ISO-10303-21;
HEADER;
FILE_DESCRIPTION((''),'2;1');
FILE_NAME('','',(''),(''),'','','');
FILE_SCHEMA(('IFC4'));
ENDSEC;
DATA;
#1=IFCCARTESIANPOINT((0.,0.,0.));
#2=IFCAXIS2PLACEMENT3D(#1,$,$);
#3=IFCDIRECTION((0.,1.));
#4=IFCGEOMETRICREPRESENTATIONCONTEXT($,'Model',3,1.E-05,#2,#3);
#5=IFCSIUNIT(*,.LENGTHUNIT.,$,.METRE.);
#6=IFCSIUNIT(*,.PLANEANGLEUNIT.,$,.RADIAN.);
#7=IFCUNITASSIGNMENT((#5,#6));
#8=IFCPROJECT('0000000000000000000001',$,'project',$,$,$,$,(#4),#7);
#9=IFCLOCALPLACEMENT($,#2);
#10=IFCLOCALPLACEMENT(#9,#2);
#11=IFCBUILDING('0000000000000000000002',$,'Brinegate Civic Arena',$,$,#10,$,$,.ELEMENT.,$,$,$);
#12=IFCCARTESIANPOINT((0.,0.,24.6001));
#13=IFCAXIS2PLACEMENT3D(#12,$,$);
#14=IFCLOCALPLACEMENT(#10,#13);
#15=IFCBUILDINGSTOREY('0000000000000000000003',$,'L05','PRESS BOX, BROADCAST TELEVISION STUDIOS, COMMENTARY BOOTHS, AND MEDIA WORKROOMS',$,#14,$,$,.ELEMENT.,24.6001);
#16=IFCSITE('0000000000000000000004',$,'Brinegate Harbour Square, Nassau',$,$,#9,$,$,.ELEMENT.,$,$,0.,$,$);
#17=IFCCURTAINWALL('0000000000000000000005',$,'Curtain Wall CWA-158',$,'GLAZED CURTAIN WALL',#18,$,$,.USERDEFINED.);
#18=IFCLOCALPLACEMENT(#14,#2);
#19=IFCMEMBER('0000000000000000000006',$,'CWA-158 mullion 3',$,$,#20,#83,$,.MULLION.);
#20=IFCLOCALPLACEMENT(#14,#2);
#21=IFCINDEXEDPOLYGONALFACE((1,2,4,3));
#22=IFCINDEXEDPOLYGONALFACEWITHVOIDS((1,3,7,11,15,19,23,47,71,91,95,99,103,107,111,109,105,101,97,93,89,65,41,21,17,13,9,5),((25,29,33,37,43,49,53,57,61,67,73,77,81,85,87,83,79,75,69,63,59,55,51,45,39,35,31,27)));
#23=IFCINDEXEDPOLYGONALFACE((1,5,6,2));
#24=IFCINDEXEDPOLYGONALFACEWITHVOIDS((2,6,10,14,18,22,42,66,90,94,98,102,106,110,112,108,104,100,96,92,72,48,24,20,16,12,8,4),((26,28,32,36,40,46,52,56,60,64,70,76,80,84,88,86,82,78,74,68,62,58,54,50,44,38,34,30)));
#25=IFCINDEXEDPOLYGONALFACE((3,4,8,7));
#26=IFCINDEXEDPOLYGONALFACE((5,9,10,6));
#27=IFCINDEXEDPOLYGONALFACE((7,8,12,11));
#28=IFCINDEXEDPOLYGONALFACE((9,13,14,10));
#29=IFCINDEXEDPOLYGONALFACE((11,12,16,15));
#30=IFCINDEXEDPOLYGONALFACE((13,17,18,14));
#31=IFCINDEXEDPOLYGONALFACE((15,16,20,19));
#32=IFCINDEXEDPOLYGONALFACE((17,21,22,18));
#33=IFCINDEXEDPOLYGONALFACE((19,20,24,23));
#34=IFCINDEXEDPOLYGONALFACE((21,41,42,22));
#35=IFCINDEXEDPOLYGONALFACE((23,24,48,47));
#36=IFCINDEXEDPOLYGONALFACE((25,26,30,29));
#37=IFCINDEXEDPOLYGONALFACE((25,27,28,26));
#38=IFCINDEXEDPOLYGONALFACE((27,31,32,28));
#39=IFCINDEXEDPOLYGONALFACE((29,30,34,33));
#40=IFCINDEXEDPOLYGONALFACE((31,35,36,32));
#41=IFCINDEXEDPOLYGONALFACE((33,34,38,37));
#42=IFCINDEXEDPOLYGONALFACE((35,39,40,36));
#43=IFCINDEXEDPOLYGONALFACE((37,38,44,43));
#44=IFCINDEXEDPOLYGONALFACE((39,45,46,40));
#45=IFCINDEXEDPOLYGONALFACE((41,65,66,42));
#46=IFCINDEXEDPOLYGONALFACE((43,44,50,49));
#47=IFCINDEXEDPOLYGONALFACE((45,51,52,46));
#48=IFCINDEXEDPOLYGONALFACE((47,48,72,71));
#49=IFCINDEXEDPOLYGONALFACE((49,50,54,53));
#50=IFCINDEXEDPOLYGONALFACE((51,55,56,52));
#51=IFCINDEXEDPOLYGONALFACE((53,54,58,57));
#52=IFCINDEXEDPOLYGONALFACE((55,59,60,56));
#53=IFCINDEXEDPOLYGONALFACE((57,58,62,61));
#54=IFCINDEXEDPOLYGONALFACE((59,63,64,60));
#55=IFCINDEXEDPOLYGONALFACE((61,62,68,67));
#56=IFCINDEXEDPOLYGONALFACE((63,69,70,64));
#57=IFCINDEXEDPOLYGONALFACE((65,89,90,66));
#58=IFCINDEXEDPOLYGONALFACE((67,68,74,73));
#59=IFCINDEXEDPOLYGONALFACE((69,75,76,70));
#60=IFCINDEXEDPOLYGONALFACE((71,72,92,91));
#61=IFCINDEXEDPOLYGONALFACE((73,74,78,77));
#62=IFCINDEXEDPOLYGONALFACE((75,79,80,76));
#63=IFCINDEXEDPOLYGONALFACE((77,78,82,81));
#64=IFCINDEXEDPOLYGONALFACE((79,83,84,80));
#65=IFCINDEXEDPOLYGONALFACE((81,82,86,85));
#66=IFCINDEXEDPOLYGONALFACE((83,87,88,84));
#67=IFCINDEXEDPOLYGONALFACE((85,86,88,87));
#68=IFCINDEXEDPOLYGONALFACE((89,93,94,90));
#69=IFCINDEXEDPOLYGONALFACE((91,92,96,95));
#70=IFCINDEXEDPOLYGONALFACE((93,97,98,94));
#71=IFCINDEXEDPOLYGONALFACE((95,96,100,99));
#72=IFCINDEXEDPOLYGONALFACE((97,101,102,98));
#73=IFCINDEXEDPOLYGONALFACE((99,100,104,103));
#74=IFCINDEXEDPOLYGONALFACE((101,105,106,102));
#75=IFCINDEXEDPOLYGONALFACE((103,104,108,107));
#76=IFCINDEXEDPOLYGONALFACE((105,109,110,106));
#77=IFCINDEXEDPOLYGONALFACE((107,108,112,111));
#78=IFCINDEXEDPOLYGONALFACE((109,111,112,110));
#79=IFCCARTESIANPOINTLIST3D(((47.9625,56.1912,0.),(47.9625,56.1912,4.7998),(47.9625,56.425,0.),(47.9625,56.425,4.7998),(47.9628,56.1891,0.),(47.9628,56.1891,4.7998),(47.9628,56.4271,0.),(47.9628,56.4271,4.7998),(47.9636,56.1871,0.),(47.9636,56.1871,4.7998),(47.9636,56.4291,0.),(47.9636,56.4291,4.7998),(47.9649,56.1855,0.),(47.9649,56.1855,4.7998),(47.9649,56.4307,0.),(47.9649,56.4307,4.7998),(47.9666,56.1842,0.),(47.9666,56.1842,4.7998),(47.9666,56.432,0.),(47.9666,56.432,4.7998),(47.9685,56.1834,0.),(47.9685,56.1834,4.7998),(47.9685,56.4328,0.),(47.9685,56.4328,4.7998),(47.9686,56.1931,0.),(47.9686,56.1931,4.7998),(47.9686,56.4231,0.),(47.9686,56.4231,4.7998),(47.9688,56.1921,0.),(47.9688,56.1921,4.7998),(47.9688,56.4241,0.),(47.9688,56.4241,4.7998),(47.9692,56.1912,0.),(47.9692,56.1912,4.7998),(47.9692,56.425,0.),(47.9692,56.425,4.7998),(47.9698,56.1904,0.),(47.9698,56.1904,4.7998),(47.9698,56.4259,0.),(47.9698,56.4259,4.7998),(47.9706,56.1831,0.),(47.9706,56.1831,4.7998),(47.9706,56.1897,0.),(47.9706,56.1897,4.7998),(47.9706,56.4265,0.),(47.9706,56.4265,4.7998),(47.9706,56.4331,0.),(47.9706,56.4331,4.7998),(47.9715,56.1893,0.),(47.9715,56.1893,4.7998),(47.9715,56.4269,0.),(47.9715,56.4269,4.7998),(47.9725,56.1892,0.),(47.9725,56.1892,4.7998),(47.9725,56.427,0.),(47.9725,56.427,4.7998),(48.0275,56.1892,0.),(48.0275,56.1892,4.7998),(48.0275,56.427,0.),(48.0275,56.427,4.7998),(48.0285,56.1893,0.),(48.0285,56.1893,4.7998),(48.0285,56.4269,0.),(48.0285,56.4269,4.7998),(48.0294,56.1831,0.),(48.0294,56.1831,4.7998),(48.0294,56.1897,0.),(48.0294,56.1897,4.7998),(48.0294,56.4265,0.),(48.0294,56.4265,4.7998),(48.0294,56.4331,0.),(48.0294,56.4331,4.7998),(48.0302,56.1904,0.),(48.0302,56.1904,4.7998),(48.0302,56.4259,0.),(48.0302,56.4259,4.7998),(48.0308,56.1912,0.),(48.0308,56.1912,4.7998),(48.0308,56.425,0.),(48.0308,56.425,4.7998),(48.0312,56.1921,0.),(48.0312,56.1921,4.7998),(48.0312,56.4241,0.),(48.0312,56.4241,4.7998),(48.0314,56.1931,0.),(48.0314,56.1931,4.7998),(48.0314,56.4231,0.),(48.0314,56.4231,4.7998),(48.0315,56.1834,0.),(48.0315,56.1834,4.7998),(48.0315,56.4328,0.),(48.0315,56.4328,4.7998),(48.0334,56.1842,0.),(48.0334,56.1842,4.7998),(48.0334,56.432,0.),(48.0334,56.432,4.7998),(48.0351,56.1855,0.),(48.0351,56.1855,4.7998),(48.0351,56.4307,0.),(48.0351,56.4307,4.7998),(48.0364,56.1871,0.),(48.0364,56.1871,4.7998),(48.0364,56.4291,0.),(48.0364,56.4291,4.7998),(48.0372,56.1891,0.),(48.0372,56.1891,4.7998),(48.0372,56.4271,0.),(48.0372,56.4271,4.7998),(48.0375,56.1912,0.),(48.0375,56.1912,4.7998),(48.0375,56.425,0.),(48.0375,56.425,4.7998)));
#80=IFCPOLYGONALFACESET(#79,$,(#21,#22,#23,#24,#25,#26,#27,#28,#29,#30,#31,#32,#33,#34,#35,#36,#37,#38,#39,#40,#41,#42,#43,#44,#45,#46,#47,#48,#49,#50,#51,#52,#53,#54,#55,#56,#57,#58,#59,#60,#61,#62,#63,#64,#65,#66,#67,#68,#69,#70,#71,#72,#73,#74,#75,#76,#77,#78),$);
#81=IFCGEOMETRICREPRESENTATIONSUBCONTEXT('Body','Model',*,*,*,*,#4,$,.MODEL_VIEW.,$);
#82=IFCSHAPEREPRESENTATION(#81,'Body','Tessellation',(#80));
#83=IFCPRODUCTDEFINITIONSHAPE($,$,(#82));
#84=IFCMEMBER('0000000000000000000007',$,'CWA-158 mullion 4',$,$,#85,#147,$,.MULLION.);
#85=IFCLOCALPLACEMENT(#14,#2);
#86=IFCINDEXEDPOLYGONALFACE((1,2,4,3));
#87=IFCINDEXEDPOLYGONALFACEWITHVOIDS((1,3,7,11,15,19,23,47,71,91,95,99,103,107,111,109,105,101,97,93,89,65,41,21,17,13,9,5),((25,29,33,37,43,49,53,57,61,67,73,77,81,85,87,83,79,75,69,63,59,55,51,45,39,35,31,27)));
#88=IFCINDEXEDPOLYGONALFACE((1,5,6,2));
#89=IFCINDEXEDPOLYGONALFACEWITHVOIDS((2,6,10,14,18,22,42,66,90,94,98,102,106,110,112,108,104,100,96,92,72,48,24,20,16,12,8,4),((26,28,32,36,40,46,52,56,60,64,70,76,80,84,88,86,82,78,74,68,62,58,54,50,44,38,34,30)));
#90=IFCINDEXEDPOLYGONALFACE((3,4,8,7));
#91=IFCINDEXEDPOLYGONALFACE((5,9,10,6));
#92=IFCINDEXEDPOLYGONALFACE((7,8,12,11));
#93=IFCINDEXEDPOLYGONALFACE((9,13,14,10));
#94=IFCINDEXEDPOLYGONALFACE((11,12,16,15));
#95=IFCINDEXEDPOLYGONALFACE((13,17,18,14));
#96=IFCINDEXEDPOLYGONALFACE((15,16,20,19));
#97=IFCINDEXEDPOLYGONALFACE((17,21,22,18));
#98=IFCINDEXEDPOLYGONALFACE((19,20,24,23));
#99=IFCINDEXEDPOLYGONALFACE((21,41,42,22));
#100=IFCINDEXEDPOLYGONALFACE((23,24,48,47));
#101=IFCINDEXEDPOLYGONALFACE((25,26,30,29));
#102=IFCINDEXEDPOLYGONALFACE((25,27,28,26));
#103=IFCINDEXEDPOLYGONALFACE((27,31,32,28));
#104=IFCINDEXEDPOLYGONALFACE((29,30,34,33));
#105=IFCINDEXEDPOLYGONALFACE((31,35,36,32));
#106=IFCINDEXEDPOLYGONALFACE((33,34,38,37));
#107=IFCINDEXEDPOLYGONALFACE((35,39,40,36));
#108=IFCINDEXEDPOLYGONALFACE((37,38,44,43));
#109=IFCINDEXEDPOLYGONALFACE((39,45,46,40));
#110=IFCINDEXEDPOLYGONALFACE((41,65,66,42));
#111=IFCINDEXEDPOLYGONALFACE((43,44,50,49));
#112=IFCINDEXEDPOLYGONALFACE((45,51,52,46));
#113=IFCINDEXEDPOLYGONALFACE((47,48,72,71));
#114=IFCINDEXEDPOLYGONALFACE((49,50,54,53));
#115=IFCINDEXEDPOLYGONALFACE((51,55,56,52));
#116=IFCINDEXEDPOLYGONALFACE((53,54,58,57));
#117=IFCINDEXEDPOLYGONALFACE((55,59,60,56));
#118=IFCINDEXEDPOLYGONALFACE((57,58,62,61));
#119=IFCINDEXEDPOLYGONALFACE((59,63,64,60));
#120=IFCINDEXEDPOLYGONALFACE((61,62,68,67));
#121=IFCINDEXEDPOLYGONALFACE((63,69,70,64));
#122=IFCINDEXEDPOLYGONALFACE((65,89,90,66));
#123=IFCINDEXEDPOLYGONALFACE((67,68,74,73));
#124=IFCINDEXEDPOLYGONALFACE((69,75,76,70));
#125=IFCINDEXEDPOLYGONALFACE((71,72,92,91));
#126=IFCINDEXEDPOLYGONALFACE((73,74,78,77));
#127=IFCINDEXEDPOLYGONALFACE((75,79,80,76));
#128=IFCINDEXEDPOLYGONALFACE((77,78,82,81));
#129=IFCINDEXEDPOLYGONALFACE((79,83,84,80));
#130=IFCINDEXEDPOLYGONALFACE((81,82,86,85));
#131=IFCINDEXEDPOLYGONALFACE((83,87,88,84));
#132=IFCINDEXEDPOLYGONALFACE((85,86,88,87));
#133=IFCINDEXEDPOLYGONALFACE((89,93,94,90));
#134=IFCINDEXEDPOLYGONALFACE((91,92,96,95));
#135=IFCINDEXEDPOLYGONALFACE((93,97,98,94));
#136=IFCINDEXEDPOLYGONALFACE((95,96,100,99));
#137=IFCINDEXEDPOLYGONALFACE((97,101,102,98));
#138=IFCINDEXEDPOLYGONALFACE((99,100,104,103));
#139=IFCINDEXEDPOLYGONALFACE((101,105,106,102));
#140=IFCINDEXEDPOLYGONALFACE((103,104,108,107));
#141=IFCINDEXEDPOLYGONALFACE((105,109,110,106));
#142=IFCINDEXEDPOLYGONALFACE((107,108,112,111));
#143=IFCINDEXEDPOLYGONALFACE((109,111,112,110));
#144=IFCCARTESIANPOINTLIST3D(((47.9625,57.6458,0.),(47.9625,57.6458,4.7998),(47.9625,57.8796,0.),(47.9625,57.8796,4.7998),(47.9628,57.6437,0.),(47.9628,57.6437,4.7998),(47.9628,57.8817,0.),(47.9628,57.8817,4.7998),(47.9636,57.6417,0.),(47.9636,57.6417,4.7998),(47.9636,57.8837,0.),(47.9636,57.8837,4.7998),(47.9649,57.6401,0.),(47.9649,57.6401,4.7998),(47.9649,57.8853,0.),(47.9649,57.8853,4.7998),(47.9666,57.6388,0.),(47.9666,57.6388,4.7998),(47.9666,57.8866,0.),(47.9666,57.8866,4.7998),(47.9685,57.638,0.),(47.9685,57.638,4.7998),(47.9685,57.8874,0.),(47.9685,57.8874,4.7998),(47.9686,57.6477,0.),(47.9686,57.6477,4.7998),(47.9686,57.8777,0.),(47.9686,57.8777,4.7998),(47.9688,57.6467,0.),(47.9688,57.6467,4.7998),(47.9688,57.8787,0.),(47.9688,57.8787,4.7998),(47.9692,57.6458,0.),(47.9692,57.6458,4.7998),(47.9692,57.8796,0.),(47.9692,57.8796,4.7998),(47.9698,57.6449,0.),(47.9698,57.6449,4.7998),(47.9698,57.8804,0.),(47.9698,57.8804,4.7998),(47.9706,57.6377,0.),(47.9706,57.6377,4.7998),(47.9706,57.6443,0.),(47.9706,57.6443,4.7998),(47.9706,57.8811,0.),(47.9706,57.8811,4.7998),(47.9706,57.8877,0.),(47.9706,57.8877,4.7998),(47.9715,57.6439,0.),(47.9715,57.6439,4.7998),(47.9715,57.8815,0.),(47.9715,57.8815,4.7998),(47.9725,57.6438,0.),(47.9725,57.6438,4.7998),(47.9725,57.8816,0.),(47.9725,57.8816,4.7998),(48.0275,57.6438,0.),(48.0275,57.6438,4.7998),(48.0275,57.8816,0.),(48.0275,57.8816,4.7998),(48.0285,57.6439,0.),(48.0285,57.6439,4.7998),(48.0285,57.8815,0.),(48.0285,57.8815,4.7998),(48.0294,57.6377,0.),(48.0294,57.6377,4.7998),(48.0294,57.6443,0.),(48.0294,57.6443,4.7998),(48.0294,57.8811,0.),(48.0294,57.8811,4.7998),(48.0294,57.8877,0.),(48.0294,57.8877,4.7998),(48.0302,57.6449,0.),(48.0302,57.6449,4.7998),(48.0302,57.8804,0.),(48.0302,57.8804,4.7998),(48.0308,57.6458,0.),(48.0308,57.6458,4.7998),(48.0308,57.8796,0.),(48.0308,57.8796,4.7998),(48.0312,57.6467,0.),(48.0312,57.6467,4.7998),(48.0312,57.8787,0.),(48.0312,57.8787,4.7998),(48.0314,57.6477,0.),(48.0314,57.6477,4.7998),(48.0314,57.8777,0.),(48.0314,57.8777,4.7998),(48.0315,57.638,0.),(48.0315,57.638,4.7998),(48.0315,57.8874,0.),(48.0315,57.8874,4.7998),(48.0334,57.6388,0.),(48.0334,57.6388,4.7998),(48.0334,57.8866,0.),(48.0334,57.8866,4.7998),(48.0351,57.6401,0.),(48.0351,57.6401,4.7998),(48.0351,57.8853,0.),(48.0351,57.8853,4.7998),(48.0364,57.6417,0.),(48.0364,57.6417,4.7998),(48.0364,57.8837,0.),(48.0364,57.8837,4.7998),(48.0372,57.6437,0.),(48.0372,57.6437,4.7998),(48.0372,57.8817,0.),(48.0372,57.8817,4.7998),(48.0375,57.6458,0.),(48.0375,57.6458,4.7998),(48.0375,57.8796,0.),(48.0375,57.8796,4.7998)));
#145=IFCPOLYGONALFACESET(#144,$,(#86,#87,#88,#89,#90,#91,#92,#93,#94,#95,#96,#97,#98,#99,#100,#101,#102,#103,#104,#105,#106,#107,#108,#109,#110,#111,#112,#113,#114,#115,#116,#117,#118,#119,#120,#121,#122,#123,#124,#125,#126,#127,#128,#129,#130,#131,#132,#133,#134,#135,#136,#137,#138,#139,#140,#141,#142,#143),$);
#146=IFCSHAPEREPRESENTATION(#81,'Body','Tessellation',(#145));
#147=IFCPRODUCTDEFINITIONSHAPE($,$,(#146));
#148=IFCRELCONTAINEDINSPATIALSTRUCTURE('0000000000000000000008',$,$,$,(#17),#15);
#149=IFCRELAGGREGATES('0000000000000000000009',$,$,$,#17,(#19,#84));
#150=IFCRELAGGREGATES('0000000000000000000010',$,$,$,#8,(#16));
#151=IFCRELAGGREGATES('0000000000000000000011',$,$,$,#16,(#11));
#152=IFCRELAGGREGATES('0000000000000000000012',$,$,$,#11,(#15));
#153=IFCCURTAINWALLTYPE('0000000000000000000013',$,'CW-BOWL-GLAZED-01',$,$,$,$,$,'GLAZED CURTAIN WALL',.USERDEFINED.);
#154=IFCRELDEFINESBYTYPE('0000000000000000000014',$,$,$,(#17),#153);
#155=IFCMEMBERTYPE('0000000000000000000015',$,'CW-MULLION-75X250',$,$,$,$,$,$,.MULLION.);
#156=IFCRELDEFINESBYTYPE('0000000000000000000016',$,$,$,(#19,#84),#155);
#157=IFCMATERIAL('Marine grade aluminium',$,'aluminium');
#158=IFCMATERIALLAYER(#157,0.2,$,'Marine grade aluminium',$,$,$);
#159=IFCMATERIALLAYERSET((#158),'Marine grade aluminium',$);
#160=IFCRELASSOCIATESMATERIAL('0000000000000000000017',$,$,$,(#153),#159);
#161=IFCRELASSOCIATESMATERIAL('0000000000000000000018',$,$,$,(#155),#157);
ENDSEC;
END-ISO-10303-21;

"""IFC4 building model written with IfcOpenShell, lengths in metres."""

from ifc_helpers import new_model, si_unit, direction, frame, origin, origin_2d, place, context, subcontext, project, spatial, hollow_rectangle, extrude, material, layer, layer_set, material_profile, profile_set, type_object, element, aggregate, save


model = new_model("IFC4")

# Units and contexts
model_context = context("Model", 3, precision=1e-05, world=origin(), true_north=direction((0.0, 1.0)))
body_context = subcontext(model_context, "Body", "Model", "MODEL_VIEW")
ifc_project = project(units=[si_unit("LENGTHUNIT", "METRE"), si_unit("PLANEANGLEUNIT", "RADIAN")], contexts=[model_context])

# Site, building, storey
site_placement = place(None, origin())
site = spatial("IfcSite", under=ifc_project, at=site_placement, Name="Brinegate Harbour Square, Nassau", CompositionType="ELEMENT", RefElevation=0.0)
building_placement = place(site_placement, origin())
building = spatial("IfcBuilding", under=site, at=building_placement, Name="Brinegate Civic Arena", CompositionType="ELEMENT")
storey_placement = place(building_placement, frame((0.0, 0.0, 24.6001)))
storey = spatial("IfcBuildingStorey", under=building, at=storey_placement, Name="L05", Description="PRESS BOX, BROADCAST TELEVISION STUDIOS, COMMENTARY BOOTHS, AND MEDIA WORKROOMS", CompositionType="ELEMENT", Elevation=24.6001)

# Curtain wall, members
ifc_material_1 = material(Name="Marine grade aluminium", Category="aluminium")
ifc_layer_1 = layer(ifc_material_1, 0.2, Name="Marine grade aluminium")
ifc_layer_set_1 = layer_set([ifc_layer_1], Name="Marine grade aluminium")
curtain_wall_type = type_object("IfcCurtainWallType", Name="CW-BOWL-GLAZED-01", ElementType="GLAZED CURTAIN WALL", PredefinedType="USERDEFINED", material=ifc_layer_set_1)
curtain_wall_placement = place(storey_placement, origin())
curtain_wall = element("IfcCurtainWall", 1, at=curtain_wall_placement, inside=storey, type_object=curtain_wall_type, Name="Curtain Wall CWA-158", ObjectType="GLAZED CURTAIN WALL", PredefinedType="USERDEFINED")
ifc_material_profile_1 = material_profile(ifc_material_1, hollow_rectangle(XDim=0.075, YDim=0.25, WallThickness=0.0061, InnerFilletRadius=0.0039, OuterFilletRadius=0.0081, at=origin_2d()), Name="MUL75X250")
ifc_profile_set_1 = profile_set([ifc_material_profile_1], Name="Marine grade aluminium")
member_type_1 = type_object("IfcMemberType", Name="CW-MULLION-75X250", PredefinedType="MULLION", material=ifc_profile_set_1)
member_1_placement = place(storey_placement, frame((48.0, 56.3081, 0.0), z_axis=(0.0, 0.0, 1.0), x_axis=(-1.0, 0.0, 0.0)))
member_1 = element("IfcMember", 2, at=member_1_placement, type_object=member_type_1, Name="CWA-158 mullion 3", PredefinedType="MULLION", context=body_context, shape_type="SweptSolid", body=[
    extrude(hollow_rectangle(XDim=0.075, YDim=0.25, WallThickness=0.0061, InnerFilletRadius=0.0039, OuterFilletRadius=0.0081, at=origin_2d()), origin(), (0.0, 0.0, 1.0), 4.7998),
])
member_2_placement = place(storey_placement, frame((48.0, 57.7627, 0.0), z_axis=(0.0, 0.0, 1.0), x_axis=(-1.0, 0.0, 0.0)))
member_2 = element("IfcMember", 3, at=member_2_placement, type_object=member_type_1, Name="CWA-158 mullion 4", PredefinedType="MULLION", context=body_context, shape_type="SweptSolid", body=[
    extrude(hollow_rectangle(XDim=0.075, YDim=0.25, WallThickness=0.0061, InnerFilletRadius=0.0039, OuterFilletRadius=0.0081, at=origin_2d()), origin(), (0.0, 0.0, 1.0), 4.7998),
])

aggregate(curtain_wall, [member_1, member_2])

save(model, "model.ifc")
